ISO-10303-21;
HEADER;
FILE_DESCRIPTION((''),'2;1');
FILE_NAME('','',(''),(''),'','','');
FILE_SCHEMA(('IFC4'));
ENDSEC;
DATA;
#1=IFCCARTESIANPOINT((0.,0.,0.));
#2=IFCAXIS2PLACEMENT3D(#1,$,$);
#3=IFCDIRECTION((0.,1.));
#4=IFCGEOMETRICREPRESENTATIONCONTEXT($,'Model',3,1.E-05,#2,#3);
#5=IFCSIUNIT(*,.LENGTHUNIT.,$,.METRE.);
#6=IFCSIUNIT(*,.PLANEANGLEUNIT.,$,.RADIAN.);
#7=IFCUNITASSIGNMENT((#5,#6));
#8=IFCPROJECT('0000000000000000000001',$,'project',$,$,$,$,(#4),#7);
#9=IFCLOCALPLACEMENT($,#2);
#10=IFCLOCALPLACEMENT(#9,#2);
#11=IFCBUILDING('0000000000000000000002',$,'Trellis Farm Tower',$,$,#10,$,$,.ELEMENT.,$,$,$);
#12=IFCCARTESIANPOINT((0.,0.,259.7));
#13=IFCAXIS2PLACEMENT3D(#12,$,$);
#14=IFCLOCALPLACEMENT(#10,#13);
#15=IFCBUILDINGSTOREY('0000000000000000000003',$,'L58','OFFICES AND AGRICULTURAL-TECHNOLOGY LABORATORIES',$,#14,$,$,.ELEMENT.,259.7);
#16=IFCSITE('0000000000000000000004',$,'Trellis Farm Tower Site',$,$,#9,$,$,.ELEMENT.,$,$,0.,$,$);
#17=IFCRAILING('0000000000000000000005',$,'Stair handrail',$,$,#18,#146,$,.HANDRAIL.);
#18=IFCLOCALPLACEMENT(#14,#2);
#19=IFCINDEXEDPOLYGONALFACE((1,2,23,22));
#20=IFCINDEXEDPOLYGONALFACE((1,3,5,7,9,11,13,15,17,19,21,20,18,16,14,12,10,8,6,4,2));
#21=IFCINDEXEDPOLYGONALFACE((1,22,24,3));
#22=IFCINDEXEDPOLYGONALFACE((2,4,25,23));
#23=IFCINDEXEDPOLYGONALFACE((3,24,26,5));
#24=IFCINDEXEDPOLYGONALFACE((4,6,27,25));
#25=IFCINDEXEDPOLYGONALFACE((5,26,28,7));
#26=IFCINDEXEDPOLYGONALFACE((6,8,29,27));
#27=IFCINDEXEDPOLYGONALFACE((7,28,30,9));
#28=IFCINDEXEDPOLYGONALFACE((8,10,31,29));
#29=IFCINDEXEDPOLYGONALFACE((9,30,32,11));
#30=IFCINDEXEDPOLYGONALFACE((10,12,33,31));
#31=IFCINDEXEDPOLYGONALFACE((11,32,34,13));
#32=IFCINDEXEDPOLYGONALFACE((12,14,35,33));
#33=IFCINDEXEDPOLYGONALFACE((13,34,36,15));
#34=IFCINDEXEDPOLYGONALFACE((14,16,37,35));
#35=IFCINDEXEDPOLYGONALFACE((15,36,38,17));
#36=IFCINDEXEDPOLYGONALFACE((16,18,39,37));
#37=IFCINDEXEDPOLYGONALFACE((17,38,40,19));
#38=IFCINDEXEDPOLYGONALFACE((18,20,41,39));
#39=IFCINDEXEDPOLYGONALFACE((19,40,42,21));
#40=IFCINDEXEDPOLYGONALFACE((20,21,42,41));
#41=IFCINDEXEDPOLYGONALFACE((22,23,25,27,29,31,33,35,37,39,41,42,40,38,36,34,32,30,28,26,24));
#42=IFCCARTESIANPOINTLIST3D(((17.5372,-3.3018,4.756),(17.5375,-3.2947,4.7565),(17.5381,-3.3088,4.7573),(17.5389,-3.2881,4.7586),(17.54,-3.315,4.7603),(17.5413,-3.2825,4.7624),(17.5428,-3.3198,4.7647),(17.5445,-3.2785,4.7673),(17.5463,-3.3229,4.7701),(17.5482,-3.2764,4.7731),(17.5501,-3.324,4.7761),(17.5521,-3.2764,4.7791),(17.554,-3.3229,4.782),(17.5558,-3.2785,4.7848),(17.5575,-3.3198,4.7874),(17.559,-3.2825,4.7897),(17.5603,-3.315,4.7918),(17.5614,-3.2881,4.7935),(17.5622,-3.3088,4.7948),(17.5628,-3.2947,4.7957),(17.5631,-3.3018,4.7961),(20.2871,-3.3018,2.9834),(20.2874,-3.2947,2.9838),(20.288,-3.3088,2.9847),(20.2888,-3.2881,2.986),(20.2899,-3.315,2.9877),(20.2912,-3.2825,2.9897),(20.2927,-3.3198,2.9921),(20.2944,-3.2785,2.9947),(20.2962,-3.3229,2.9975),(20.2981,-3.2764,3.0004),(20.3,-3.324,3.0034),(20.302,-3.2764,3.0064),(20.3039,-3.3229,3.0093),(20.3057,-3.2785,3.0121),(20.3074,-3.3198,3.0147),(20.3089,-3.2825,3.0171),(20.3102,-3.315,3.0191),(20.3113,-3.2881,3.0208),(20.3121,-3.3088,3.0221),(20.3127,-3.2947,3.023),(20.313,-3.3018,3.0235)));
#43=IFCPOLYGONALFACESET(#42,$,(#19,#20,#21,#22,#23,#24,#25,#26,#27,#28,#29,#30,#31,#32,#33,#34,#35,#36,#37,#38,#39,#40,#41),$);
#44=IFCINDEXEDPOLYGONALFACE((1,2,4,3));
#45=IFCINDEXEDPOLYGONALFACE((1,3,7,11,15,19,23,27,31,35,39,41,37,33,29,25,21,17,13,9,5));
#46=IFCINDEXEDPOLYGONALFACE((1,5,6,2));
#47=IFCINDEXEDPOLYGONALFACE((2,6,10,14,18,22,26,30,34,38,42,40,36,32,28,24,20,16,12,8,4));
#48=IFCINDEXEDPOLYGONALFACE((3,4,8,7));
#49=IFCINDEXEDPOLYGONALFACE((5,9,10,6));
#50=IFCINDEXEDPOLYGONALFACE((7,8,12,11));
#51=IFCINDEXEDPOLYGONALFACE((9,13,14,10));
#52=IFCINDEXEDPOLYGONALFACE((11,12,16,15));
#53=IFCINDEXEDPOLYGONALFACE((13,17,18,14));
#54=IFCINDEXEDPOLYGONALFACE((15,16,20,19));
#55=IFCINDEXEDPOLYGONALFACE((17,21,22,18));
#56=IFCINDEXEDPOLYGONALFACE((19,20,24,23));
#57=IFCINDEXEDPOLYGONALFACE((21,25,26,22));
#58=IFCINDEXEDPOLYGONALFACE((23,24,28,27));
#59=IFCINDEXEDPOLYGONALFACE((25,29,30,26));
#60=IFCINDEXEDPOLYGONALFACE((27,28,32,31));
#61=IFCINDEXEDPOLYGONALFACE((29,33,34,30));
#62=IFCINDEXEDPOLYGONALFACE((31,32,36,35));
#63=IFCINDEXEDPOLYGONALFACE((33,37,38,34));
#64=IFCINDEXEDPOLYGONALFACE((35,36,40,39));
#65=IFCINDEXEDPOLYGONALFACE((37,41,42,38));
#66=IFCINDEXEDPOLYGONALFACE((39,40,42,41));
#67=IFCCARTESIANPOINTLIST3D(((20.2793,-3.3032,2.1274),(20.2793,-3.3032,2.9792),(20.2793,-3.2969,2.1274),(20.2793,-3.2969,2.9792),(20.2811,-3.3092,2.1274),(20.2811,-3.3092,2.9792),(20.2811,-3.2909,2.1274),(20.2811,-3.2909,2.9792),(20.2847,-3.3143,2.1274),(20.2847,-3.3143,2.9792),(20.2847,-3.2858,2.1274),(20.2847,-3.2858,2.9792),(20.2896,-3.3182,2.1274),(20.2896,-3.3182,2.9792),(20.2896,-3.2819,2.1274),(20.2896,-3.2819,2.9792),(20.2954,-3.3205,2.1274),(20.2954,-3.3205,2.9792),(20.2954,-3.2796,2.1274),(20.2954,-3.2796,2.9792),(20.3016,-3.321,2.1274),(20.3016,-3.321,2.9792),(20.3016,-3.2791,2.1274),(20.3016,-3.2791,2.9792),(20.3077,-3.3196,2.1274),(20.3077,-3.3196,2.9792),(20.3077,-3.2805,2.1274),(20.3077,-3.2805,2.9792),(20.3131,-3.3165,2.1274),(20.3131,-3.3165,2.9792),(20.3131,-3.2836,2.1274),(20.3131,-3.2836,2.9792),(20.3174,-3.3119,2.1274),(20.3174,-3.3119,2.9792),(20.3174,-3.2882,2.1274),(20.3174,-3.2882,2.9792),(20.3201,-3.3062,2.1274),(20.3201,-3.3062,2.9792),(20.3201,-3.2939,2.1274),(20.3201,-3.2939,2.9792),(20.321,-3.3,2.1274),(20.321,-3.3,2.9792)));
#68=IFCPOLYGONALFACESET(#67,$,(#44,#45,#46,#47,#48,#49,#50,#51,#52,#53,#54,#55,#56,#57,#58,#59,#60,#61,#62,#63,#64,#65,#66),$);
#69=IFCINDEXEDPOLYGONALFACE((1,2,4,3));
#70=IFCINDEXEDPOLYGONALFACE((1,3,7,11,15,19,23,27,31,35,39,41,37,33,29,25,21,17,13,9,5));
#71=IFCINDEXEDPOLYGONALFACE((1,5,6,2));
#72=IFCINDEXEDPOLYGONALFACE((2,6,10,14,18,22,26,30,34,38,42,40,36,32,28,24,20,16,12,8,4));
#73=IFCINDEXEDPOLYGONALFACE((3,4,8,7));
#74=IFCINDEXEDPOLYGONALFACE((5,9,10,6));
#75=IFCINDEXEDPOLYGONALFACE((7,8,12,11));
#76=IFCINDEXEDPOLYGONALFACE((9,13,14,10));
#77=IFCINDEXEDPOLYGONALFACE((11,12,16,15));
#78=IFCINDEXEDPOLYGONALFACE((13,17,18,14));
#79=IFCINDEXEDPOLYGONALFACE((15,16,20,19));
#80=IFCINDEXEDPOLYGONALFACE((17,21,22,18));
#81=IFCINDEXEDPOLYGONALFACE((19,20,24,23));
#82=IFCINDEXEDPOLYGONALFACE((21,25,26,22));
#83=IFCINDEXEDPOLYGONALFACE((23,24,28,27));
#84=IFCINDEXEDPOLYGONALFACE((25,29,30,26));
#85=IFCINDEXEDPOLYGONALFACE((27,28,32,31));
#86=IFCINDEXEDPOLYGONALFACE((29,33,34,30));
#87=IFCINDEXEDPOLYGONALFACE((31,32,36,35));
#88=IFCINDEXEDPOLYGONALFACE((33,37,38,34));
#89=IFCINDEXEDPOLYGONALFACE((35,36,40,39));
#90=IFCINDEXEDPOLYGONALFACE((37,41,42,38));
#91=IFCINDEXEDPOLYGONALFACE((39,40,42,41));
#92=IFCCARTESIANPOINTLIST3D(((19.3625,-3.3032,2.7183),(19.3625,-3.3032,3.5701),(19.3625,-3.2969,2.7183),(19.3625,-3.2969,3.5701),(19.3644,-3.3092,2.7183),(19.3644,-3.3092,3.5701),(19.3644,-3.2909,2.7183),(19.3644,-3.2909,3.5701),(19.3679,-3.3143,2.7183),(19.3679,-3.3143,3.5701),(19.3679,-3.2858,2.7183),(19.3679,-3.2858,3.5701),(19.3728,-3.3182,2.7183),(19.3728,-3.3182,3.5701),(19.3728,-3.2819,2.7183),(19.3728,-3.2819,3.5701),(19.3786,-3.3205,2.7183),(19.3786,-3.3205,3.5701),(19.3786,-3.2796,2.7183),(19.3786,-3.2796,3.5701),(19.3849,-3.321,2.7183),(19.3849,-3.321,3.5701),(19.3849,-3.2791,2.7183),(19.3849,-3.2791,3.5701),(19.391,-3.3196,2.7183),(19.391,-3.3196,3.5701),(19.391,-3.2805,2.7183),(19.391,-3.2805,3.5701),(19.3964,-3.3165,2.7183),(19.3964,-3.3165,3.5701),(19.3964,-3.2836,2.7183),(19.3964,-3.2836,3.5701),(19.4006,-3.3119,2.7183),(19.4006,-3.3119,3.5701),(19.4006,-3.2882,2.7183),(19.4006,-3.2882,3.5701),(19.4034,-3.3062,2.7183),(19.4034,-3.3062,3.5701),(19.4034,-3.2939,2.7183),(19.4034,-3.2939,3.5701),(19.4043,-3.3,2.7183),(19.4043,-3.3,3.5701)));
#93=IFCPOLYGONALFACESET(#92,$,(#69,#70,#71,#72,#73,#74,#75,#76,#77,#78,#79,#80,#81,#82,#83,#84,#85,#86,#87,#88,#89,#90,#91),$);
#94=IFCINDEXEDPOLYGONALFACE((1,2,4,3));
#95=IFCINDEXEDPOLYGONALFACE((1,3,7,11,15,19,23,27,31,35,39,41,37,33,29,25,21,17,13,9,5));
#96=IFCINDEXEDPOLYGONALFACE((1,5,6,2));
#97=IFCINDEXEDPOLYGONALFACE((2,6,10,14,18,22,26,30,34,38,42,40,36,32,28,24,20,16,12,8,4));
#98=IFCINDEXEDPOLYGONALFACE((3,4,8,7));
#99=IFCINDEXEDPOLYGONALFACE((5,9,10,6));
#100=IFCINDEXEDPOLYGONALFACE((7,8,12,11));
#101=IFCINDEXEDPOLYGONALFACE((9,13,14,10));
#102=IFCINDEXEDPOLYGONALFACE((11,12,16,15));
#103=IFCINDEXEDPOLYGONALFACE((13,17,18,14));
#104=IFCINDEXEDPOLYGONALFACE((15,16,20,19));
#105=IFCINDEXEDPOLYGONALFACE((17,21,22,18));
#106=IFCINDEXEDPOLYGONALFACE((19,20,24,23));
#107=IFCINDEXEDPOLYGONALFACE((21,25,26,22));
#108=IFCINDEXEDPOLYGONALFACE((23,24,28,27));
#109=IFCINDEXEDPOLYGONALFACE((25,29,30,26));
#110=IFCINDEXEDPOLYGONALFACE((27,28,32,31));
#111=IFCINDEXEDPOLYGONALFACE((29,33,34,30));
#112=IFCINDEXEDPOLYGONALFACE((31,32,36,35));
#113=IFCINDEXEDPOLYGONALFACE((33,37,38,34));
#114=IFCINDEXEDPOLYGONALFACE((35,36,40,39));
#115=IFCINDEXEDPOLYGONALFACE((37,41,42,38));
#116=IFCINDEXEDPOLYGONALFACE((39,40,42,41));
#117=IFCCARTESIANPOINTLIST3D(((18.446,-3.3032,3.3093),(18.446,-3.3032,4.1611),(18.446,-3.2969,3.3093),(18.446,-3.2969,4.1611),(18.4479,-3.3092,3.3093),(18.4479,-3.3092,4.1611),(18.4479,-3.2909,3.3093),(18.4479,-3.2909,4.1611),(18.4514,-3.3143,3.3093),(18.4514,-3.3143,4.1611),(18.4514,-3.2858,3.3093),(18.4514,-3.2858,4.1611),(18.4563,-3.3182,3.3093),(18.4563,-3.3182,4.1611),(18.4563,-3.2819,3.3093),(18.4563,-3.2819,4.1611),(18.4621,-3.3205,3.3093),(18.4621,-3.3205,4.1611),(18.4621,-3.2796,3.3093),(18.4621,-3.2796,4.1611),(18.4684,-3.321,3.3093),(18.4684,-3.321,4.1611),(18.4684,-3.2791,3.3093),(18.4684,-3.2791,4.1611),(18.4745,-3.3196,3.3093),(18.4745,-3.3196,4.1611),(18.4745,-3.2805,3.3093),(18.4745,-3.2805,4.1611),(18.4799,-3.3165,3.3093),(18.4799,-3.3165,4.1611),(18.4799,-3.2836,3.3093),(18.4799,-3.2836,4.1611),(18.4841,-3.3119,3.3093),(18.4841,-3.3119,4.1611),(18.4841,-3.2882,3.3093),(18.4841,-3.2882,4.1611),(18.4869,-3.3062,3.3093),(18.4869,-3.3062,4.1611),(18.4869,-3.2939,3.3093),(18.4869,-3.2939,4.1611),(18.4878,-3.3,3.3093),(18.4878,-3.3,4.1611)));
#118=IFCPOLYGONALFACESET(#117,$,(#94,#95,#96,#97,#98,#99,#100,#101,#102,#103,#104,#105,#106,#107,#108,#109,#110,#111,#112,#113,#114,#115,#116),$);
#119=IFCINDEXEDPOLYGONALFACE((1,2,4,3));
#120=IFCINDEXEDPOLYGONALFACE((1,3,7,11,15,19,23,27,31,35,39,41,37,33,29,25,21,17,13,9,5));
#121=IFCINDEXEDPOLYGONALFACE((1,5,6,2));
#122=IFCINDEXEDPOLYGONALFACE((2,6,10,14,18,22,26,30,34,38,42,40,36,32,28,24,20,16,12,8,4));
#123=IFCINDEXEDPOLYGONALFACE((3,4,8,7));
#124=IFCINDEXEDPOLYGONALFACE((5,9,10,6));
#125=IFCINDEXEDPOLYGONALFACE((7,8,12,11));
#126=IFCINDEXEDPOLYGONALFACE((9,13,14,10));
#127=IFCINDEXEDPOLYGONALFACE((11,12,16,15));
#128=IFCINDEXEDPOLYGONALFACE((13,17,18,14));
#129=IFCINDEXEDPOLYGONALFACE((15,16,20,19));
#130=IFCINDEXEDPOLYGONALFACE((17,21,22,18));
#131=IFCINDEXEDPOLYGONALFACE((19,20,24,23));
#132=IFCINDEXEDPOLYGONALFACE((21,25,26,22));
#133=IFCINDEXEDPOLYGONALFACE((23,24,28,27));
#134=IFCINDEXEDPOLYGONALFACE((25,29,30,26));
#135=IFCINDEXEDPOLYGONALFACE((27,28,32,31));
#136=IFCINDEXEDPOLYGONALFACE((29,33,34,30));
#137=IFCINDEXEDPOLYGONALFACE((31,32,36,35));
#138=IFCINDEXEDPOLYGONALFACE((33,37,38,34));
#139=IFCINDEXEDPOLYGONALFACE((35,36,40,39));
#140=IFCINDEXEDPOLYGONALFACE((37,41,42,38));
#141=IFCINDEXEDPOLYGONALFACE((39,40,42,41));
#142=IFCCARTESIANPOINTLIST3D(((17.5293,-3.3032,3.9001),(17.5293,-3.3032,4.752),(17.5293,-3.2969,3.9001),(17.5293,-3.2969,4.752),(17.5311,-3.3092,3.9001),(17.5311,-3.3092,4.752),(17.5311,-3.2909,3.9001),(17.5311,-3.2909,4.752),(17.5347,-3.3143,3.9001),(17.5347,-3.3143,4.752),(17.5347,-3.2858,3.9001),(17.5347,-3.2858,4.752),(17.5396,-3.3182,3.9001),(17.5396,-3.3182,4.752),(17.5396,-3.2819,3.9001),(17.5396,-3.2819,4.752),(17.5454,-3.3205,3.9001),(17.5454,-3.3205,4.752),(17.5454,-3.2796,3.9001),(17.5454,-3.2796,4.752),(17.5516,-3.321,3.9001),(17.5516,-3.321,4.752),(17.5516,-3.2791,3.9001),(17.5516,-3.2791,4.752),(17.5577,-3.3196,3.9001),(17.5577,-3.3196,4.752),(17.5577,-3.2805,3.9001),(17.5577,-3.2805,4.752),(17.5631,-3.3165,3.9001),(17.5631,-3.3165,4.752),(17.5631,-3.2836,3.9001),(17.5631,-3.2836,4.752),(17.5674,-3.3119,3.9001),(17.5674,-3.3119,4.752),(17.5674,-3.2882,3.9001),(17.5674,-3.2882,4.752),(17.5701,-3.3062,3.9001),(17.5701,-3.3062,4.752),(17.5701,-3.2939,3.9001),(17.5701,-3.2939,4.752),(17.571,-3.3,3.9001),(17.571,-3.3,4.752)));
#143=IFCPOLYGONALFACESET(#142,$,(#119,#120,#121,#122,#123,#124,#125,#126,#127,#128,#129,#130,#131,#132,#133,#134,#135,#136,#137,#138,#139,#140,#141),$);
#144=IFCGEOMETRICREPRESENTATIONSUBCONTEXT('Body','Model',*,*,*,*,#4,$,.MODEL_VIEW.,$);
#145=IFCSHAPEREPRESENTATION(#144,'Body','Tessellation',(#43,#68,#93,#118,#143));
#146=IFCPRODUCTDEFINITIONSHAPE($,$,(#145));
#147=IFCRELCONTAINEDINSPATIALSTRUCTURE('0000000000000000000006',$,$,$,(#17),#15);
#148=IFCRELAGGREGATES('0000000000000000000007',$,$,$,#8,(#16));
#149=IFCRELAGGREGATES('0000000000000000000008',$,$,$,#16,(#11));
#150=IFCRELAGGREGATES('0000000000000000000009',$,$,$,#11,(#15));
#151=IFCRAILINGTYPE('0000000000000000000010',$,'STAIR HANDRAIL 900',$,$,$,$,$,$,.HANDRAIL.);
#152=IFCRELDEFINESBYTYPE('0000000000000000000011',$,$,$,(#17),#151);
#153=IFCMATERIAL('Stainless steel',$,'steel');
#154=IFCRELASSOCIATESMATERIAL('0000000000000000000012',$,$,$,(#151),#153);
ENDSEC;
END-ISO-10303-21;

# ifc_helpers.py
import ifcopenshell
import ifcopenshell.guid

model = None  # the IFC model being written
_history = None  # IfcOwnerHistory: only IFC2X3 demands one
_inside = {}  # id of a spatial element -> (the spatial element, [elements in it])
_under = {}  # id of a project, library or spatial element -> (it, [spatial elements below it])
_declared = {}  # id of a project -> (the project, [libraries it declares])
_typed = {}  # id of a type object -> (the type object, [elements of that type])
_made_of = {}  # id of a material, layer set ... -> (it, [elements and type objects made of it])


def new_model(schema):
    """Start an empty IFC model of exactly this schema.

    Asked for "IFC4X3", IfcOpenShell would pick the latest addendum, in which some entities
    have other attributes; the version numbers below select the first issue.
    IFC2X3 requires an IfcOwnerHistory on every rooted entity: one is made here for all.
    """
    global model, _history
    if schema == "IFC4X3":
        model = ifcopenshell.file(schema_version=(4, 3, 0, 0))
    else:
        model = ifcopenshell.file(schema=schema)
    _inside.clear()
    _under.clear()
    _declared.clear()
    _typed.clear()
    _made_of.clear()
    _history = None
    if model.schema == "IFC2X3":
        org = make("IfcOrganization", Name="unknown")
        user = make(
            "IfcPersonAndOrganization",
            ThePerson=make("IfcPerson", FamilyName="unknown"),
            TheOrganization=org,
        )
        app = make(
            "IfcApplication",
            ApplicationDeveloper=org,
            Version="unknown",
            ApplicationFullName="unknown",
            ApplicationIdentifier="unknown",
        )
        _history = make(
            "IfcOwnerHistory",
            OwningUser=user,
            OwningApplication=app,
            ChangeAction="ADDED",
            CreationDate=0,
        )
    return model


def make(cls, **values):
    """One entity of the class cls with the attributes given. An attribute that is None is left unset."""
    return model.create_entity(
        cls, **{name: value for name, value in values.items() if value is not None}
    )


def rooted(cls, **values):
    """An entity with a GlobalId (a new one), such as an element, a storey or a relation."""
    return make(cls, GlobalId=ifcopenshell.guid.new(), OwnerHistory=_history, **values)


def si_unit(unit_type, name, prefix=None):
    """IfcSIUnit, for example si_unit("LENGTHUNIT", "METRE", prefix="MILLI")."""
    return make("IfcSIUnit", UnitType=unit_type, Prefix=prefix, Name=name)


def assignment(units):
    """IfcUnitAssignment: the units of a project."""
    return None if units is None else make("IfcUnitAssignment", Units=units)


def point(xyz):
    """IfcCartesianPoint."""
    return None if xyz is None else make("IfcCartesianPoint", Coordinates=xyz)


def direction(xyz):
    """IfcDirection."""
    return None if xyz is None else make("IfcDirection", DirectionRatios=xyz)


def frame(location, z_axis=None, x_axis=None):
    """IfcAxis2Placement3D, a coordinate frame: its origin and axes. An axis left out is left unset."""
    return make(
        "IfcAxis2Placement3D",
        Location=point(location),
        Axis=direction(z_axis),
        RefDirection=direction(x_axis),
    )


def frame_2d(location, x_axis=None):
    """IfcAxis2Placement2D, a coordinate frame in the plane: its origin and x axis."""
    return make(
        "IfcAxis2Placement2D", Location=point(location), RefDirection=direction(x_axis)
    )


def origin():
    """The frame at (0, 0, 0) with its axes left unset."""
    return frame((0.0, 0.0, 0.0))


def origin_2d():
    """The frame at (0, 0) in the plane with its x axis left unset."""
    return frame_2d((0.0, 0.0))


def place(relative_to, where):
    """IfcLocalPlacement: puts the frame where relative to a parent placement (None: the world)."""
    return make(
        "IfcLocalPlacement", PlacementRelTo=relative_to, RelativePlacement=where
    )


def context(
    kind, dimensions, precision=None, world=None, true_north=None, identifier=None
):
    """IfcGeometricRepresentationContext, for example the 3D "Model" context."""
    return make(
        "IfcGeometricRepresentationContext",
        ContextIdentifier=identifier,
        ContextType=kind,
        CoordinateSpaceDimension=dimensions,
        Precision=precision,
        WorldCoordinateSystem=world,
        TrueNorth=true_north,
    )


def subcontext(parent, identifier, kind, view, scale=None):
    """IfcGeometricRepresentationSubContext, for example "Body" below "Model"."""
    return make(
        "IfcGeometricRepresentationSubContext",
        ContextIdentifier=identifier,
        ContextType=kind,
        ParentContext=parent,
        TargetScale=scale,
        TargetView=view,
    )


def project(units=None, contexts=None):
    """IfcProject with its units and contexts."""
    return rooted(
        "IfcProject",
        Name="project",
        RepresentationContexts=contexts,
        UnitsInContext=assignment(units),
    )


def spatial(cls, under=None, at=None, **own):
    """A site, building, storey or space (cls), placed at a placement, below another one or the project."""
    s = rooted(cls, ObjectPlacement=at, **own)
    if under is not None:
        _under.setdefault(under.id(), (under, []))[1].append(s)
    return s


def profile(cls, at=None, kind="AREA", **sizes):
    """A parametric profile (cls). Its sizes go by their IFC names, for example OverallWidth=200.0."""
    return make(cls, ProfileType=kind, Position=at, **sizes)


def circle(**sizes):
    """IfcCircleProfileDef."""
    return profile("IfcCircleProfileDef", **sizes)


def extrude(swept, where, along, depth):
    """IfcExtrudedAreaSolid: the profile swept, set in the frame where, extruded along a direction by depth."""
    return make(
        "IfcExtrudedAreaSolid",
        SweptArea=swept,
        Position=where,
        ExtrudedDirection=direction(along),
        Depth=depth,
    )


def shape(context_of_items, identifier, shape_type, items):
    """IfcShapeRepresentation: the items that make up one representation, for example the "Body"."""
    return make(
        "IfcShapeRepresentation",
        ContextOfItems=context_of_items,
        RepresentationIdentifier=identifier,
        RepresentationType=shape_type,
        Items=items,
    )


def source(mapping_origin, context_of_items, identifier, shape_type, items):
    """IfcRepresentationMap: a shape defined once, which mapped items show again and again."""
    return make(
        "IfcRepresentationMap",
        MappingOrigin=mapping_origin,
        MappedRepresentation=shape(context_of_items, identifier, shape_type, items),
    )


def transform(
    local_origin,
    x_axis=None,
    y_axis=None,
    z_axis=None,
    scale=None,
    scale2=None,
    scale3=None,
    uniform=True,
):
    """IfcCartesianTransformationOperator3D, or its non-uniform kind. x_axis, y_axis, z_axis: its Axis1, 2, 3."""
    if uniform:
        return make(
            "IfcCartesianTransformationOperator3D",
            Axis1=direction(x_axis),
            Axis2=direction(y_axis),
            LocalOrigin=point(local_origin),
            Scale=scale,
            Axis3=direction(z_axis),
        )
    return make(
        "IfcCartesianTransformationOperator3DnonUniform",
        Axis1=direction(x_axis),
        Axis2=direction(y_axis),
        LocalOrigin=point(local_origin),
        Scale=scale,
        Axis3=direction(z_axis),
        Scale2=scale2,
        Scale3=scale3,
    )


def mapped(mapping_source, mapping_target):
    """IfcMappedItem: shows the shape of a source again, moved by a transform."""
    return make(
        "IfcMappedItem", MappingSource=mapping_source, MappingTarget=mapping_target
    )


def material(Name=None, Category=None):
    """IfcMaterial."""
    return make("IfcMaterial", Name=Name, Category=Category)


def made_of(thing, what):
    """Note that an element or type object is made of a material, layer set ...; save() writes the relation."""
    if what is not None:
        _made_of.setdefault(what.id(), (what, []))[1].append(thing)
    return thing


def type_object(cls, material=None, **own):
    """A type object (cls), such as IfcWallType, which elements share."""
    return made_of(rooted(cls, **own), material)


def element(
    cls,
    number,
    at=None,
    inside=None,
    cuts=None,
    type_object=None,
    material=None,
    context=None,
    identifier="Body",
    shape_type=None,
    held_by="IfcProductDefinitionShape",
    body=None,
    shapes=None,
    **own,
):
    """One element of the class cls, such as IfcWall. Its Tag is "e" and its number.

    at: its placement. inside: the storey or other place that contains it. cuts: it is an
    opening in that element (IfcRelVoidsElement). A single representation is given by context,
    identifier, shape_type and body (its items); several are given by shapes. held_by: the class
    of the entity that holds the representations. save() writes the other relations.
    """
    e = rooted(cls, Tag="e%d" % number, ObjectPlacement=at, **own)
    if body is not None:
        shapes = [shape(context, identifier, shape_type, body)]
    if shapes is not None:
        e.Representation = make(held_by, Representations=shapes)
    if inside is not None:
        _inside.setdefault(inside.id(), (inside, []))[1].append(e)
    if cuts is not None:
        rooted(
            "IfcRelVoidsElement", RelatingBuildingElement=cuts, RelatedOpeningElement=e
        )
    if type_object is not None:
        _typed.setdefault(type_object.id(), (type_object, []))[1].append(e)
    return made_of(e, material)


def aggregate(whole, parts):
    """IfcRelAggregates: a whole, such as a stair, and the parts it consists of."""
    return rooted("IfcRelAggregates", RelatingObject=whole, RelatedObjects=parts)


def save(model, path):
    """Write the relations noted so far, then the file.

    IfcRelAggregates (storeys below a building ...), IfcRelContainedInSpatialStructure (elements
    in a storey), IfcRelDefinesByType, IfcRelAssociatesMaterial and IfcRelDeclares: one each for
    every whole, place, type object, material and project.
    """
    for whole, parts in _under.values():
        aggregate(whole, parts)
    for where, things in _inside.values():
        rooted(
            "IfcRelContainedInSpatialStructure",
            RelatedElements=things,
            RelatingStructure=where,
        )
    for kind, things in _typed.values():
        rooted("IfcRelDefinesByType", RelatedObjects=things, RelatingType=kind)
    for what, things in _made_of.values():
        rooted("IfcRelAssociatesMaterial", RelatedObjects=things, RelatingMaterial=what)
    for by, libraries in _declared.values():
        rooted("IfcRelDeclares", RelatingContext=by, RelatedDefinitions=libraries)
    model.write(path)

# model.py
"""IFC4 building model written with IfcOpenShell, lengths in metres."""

from ifc_helpers import new_model, si_unit, direction, frame, origin, origin_2d, place, context, subcontext, project, spatial, circle, extrude, source, transform, mapped, material, type_object, element, save


model = new_model("IFC4")

# Units and contexts
model_context = context("Model", 3, precision=1e-05, world=origin(), true_north=direction((0.0, 1.0)))
body_context = subcontext(model_context, "Body", "Model", "MODEL_VIEW")
ifc_project = project(units=[si_unit("LENGTHUNIT", "METRE"), si_unit("PLANEANGLEUNIT", "RADIAN")], contexts=[model_context])

# Site, building, storey
site_placement = place(None, origin())
site = spatial("IfcSite", under=ifc_project, at=site_placement, Name="Trellis Farm Tower Site", CompositionType="ELEMENT", RefElevation=0.0)
building_placement = place(site_placement, origin())
building = spatial("IfcBuilding", under=site, at=building_placement, Name="Trellis Farm Tower", CompositionType="ELEMENT")
storey_placement = place(building_placement, frame((0.0, 0.0, 259.7)))
storey = spatial("IfcBuildingStorey", under=building, at=storey_placement, Name="L58", Description="OFFICES AND AGRICULTURAL-TECHNOLOGY LABORATORIES", CompositionType="ELEMENT", Elevation=259.7)

# Railing
ifc_material_1 = material(Name="Stainless steel", Category="steel")
railing_type = type_object("IfcRailingType", Name="STAIR HANDRAIL 900", PredefinedType="HANDRAIL", material=ifc_material_1)
shared_shape_1 = source(origin(), body_context, "Body", "SweptSolid", [
    extrude(circle(Radius=0.0239, at=origin_2d()), frame((0.0, 0.0, 0.876), z_axis=(-0.840504, 0.0, 0.541806), x_axis=(0.0, -1.0, 0.0)), (0.0, 0.0, 1.0), 3.2717),
    extrude(circle(Radius=0.021, at=origin_2d()), origin(), (0.0, 0.0, 1.0), 0.8518),
    extrude(circle(Radius=0.021, at=origin_2d()), frame((-0.9167, 0.0, 0.5908)), (0.0, 0.0, 1.0), 0.8518),
    extrude(circle(Radius=0.021, at=origin_2d()), frame((-1.8333, 0.0, 1.1819)), (0.0, 0.0, 1.0), 0.8518),
    extrude(circle(Radius=0.021, at=origin_2d()), frame((-2.75, 0.0, 1.7727)), (0.0, 0.0, 1.0), 0.8518),
])
for number, where, name in (
    (1, (20.3, -3.3, 2.1274), "Stair handrail"),
):
    element("IfcRailing", number, at=place(storey_placement, frame(where)), inside=storey, type_object=railing_type, Name=name, PredefinedType="HANDRAIL", context=body_context, shape_type="MappedRepresentation", body=[
        mapped(shared_shape_1, transform((0.0, 0.0, 0.0))),
    ])

save(model, "model.ifc")
